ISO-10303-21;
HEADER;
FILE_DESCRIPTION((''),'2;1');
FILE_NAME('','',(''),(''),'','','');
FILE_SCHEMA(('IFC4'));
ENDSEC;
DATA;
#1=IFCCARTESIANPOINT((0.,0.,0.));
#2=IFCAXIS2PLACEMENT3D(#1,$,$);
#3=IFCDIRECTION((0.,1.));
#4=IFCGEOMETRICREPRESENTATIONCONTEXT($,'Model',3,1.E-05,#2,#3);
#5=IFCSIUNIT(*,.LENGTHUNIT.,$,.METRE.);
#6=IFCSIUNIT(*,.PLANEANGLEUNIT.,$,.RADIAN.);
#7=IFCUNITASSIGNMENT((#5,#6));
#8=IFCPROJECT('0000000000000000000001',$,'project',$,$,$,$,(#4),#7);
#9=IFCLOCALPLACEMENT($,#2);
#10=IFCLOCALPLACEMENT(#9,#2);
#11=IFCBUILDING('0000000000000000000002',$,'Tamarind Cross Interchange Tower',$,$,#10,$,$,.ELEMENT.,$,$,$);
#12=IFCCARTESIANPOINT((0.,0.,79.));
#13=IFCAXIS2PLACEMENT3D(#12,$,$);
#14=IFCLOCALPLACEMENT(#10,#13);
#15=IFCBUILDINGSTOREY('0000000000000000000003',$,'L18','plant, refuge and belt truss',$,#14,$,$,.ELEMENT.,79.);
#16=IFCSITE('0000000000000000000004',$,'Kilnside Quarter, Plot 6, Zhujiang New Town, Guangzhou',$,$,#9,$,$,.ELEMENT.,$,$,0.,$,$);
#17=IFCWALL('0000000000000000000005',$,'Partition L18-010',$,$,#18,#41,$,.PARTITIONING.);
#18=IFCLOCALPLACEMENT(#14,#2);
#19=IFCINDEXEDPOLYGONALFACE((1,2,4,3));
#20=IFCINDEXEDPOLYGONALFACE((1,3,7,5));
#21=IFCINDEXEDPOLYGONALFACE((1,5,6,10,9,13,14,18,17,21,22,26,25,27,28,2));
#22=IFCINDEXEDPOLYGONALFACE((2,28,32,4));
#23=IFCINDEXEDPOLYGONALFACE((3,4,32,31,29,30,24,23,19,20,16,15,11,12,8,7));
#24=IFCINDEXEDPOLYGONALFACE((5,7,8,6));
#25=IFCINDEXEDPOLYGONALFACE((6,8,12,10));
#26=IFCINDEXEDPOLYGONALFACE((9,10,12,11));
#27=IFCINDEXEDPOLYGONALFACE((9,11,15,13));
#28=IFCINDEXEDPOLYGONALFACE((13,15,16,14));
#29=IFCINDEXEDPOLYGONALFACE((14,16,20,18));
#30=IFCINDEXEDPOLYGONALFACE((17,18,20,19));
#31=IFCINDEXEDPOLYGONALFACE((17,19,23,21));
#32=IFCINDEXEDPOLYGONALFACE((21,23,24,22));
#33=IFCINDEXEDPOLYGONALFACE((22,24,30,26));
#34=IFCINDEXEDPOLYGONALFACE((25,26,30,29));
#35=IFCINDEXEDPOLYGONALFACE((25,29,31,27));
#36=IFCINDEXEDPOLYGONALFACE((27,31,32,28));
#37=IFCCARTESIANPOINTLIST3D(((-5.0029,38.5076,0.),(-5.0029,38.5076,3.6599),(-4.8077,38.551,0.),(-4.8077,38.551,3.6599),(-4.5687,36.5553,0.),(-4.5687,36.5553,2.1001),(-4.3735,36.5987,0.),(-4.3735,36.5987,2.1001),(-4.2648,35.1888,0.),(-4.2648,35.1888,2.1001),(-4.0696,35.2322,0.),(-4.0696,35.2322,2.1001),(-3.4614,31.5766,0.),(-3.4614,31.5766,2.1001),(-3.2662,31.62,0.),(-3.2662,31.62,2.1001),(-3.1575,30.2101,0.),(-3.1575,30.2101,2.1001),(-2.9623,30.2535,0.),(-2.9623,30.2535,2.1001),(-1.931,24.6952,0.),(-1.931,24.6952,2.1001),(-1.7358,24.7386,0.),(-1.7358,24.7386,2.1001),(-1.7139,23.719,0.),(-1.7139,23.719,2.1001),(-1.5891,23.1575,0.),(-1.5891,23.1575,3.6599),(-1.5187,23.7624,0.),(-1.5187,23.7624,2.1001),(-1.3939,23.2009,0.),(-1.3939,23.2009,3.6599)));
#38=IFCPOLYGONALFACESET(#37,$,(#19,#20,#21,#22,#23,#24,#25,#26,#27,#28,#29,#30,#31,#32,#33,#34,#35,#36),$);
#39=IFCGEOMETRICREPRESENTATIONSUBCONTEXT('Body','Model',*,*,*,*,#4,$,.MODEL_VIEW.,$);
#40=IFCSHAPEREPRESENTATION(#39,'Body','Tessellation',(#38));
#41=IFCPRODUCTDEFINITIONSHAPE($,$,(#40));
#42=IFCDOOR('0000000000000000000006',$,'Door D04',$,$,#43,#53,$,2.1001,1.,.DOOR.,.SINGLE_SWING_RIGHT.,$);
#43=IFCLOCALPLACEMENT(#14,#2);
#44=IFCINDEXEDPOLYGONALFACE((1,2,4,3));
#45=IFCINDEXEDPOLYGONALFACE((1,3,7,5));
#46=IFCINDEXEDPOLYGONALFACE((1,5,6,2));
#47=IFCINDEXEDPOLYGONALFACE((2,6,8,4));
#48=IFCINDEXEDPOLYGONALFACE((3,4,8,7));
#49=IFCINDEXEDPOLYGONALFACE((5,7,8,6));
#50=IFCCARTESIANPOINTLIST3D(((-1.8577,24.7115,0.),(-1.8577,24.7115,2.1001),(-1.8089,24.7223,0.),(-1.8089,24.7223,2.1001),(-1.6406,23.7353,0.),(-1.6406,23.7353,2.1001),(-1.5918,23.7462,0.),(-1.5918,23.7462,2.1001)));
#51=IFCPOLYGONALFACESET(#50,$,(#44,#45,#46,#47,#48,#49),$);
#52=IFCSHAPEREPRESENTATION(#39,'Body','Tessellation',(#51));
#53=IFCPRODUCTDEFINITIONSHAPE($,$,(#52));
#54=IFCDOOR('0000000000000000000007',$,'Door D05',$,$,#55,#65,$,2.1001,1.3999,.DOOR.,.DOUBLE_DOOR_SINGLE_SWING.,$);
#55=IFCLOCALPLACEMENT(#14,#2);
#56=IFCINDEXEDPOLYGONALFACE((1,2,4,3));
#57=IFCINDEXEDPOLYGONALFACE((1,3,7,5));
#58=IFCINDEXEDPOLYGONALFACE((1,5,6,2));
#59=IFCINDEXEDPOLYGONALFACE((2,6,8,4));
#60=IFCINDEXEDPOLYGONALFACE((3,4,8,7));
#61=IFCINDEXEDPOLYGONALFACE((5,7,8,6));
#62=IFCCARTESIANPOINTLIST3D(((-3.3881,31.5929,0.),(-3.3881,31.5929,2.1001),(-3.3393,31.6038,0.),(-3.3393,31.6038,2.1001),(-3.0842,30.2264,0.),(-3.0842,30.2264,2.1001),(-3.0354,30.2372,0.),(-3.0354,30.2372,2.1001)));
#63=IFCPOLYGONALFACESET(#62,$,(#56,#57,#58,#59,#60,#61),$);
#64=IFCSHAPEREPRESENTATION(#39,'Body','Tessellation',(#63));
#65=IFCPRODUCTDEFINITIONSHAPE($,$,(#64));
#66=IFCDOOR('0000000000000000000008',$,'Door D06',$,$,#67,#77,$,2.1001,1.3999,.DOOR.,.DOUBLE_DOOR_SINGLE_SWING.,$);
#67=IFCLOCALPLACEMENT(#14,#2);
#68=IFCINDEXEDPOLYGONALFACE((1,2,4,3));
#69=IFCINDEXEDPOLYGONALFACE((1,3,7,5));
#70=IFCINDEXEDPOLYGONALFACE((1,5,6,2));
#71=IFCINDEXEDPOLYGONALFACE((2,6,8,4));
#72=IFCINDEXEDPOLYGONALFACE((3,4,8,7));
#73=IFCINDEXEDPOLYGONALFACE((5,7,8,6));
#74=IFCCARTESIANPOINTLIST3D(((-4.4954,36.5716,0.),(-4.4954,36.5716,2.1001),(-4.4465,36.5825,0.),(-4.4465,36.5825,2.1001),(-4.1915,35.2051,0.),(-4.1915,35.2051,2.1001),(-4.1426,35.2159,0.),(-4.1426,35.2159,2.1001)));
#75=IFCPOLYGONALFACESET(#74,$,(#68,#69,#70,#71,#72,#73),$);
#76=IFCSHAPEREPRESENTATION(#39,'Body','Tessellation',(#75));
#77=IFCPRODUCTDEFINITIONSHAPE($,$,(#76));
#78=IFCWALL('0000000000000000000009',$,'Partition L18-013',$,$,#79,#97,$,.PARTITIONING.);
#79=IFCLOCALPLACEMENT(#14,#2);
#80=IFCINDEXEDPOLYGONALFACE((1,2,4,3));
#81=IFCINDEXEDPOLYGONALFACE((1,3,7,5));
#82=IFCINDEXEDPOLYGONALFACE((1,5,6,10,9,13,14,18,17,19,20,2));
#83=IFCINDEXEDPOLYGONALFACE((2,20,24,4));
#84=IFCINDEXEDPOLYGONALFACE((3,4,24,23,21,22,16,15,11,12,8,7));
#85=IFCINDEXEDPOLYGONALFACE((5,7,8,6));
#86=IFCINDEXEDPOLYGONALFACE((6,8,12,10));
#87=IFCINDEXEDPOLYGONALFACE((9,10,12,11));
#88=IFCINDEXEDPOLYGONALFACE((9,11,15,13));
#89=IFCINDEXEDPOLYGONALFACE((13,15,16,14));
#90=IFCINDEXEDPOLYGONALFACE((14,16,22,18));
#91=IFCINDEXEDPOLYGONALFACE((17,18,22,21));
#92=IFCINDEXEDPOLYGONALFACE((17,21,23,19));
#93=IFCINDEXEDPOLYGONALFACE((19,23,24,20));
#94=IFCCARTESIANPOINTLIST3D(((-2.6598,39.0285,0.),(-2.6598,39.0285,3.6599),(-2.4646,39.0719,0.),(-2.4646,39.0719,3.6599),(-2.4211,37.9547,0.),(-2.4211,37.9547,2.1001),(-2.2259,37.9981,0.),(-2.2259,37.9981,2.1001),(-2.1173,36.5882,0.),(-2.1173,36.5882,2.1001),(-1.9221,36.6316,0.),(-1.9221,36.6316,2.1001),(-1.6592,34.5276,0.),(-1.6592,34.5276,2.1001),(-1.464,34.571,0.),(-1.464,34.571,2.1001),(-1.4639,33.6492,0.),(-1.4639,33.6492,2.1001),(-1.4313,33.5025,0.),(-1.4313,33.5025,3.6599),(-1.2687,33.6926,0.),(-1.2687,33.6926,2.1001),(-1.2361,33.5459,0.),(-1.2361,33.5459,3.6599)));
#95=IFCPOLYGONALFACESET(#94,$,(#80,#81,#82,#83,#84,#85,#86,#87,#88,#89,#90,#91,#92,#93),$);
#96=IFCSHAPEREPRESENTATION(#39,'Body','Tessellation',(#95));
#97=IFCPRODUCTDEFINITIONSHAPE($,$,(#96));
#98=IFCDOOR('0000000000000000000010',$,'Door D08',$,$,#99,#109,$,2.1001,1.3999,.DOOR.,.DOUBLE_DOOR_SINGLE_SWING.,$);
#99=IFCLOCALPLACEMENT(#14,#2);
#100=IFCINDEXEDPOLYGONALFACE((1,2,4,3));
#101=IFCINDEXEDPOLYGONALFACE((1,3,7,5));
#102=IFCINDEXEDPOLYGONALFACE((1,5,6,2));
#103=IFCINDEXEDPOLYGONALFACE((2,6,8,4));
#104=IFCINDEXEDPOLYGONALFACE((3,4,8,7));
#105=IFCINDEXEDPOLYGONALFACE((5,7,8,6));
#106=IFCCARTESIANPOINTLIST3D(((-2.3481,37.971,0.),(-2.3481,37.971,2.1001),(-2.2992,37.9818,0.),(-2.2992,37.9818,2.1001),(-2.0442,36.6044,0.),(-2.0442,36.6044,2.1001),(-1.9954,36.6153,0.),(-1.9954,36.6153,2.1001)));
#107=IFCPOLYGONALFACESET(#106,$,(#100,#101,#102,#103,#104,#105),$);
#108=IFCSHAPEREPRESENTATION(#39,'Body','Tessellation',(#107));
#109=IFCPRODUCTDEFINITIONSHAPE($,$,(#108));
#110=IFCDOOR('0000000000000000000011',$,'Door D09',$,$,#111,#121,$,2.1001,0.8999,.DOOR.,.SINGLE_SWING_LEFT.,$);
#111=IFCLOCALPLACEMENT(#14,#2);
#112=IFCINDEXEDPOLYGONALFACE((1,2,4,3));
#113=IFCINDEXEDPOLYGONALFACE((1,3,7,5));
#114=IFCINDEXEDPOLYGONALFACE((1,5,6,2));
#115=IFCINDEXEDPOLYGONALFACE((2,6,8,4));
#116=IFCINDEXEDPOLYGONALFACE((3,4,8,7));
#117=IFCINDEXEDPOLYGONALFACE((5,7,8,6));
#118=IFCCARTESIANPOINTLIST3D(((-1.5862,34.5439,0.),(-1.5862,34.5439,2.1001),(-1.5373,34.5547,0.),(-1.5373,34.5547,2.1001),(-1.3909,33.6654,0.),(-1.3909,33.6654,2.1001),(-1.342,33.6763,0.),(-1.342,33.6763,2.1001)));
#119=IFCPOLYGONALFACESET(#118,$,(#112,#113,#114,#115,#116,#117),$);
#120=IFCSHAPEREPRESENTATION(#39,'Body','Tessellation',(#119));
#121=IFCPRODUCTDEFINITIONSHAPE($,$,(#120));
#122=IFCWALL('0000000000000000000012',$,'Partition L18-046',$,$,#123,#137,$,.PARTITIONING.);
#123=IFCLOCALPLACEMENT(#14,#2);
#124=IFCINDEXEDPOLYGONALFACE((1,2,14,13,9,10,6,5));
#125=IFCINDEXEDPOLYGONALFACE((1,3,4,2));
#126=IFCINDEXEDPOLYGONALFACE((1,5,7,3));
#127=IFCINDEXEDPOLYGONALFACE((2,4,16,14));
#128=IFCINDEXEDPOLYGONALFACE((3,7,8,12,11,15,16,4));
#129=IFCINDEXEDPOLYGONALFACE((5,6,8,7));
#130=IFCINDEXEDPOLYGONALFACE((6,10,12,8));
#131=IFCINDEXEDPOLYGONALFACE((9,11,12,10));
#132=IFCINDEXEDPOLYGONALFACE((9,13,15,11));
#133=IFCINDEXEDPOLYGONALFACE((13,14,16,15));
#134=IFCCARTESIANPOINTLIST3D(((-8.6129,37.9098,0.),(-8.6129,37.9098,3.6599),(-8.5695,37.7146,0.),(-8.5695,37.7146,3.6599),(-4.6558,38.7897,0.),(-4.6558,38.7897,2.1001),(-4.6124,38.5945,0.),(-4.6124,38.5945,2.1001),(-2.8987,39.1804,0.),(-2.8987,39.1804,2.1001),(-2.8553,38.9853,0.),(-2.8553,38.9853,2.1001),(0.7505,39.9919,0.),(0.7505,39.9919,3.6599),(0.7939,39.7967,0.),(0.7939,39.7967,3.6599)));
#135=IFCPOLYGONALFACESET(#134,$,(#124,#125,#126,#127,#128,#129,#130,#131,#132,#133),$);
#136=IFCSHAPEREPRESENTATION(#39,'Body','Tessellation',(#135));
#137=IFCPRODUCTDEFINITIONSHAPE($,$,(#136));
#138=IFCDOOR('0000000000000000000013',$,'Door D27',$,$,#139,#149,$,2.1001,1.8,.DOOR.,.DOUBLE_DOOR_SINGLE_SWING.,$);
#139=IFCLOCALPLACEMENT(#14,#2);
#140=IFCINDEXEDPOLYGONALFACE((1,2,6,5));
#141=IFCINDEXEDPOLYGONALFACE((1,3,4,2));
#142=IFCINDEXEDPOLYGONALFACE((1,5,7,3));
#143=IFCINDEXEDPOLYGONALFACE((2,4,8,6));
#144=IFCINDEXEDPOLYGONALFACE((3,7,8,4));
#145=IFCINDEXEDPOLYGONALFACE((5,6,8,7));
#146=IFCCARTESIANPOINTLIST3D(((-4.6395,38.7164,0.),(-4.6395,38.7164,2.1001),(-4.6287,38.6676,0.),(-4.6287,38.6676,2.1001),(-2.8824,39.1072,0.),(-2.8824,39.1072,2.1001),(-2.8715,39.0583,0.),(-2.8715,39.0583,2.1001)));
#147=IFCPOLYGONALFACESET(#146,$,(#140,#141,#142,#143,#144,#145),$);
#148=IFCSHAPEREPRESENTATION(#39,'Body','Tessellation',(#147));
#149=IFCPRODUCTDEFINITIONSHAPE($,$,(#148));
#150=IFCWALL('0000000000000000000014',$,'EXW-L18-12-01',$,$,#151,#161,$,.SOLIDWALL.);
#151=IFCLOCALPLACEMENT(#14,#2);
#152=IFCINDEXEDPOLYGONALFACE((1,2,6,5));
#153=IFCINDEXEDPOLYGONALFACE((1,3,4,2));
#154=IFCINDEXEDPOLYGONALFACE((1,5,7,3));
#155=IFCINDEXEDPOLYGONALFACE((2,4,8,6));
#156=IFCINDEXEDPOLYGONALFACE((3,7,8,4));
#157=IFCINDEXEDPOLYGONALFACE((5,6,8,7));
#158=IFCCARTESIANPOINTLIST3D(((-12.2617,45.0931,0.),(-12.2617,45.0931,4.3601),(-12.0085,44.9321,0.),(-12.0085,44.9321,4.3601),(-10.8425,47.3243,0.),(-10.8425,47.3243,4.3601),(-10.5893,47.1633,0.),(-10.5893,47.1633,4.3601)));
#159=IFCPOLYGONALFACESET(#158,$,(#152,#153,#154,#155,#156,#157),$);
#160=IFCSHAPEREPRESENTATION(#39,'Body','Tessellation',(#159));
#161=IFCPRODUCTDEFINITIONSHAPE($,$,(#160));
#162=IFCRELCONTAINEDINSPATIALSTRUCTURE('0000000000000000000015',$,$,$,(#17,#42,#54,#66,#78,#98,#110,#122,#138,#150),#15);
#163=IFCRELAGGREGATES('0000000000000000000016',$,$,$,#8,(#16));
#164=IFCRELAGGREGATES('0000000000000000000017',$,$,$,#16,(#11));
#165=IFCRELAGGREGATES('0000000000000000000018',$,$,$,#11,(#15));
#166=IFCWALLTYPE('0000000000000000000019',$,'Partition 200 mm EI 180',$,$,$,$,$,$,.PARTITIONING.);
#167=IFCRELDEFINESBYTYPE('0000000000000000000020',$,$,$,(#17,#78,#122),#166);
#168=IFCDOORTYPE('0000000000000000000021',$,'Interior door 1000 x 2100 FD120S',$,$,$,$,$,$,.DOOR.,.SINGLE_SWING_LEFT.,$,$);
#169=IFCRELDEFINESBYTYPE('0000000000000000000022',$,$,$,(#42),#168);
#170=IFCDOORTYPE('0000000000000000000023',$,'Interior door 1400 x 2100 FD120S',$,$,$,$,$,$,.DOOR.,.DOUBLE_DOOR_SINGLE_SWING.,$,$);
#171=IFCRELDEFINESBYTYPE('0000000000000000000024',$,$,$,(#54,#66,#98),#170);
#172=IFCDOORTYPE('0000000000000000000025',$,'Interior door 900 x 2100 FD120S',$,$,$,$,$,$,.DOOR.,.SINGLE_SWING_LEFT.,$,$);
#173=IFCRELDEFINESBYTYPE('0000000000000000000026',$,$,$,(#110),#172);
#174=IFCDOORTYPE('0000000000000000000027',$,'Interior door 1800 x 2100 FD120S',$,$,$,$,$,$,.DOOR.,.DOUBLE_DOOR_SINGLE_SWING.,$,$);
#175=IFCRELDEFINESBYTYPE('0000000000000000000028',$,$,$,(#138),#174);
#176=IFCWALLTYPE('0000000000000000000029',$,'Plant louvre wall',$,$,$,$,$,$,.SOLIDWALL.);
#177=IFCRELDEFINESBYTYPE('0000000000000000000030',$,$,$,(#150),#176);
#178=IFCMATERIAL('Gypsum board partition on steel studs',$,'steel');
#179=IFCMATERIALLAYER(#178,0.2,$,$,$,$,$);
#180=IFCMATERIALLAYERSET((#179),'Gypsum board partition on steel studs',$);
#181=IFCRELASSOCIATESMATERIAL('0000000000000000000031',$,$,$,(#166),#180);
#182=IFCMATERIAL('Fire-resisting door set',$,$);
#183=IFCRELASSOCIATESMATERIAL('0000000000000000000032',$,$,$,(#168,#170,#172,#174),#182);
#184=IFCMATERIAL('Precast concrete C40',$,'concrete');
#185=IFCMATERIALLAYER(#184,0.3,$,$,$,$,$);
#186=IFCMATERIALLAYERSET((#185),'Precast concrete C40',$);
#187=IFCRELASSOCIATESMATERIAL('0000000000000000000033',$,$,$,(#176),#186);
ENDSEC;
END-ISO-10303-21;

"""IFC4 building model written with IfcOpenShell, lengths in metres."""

from ifc_helpers import new_model, si_unit, direction, frame, frame_2d, origin, place, context, subcontext, project, spatial, rectangle, extrude, material, layer, layer_set, type_object, element, fill, save


model = new_model("IFC4")

# Units and contexts
model_context = context("Model", 3, precision=1e-05, world=origin(), true_north=direction((0.0, 1.0)))
body_context = subcontext(model_context, "Body", "Model", "MODEL_VIEW")
ifc_project = project(units=[si_unit("LENGTHUNIT", "METRE"), si_unit("PLANEANGLEUNIT", "RADIAN")], contexts=[model_context])

# Site, building, storey
site_placement = place(None, origin())
site = spatial("IfcSite", under=ifc_project, at=site_placement, Name="Kilnside Quarter, Plot 6, Zhujiang New Town, Guangzhou", CompositionType="ELEMENT", RefElevation=0.0)
building_placement = place(site_placement, origin())
building = spatial("IfcBuilding", under=site, at=building_placement, Name="Tamarind Cross Interchange Tower", CompositionType="ELEMENT")
storey_placement = place(building_placement, frame((0.0, 0.0, 79.0)))
storey = spatial("IfcBuildingStorey", under=building, at=storey_placement, Name="L18", Description="plant, refuge and belt truss", CompositionType="ELEMENT", Elevation=79.0)

# Walls, openings, doors
ifc_material_1 = material(Name="Gypsum board partition on steel studs", Category="steel")
ifc_layer_1 = layer(ifc_material_1, 0.2)
ifc_layer_set_1 = layer_set([ifc_layer_1], Name="Gypsum board partition on steel studs")
wall_type_1 = type_object("IfcWallType", Name="Partition 200 mm EI 180", PredefinedType="PARTITIONING", material=ifc_layer_set_1)
wall_1_placement = place(storey_placement, frame((-4.9053, 38.5293, 0.0), z_axis=(0.0, 0.0, 1.0), x_axis=(0.217093, -0.976151, 0.0)))
wall_1 = element("IfcWall", 1, at=wall_1_placement, inside=storey, type_object=wall_type_1, Name="Partition L18-010", PredefinedType="PARTITIONING", context=body_context, shape_type="SweptSolid", body=[
    extrude(rectangle(XDim=15.7251, YDim=0.2, at=frame_2d((7.8625, 0.0))), origin(), (0.0, 0.0, 1.0), 3.6599),
])
opening_1_placement = place(wall_1_placement, frame((14.1499, 0.0, 0.0)))
opening_1 = element("IfcOpeningElement", 2, at=opening_1_placement, cuts=wall_1, PredefinedType="OPENING", context=body_context, shape_type="SweptSolid", body=[
    extrude(rectangle(XDim=1.0, YDim=2.1001, at=frame_2d((0.5, 1.05))), frame((0.0, 0.1099, 0.0), z_axis=(0.0, -1.0, 0.0), x_axis=(1.0, 0.0, 0.0)), (0.0, 0.0, 1.0), 0.22),
])
opening_2_placement = place(wall_1_placement, frame((7.1003, 0.0, 0.0)))
opening_2 = element("IfcOpeningElement", 3, at=opening_2_placement, cuts=wall_1, PredefinedType="OPENING", context=body_context, shape_type="SweptSolid", body=[
    extrude(rectangle(XDim=1.3999, YDim=2.1001, at=frame_2d((0.7, 1.05))), frame((0.0, 0.1099, 0.0), z_axis=(0.0, -1.0, 0.0), x_axis=(1.0, 0.0, 0.0)), (0.0, 0.0, 1.0), 0.22),
])
opening_3_placement = place(wall_1_placement, frame((2.0, 0.0, 0.0)))
opening_3 = element("IfcOpeningElement", 4, at=opening_3_placement, cuts=wall_1, PredefinedType="OPENING", context=body_context, shape_type="SweptSolid", body=[
    extrude(rectangle(XDim=1.3999, YDim=2.1001, at=frame_2d((0.7, 1.05))), frame((0.0, 0.1099, 0.0), z_axis=(0.0, -1.0, 0.0), x_axis=(1.0, 0.0, 0.0)), (0.0, 0.0, 1.0), 0.22),
])
ifc_material_2 = material(Name="Fire-resisting door set")
door_type_1 = type_object("IfcDoorType", Name="Interior door 1000 x 2100 FD120S", OperationType="SINGLE_SWING_LEFT", PredefinedType="DOOR", material=ifc_material_2)
door_1_placement = place(opening_1_placement, frame((1.0, 0.0, 0.0), z_axis=(0.0, 0.0, 1.0), x_axis=(-1.0, 0.0, 0.0)))
door_1 = element("IfcDoor", 5, at=door_1_placement, inside=storey, type_object=door_type_1, Name="Door D04", OperationType="SINGLE_SWING_RIGHT", OverallHeight=2.1001, OverallWidth=1.0, PredefinedType="DOOR", context=body_context, shape_type="SweptSolid", body=[
    extrude(rectangle(XDim=1.0, YDim=2.1001, at=frame_2d((0.5, 1.05))), frame((0.0, 0.0249, 0.0), z_axis=(0.0, -1.0, 0.0), x_axis=(1.0, 0.0, 0.0)), (0.0, 0.0, 1.0), 0.05),
])
fill(opening_1, door_1)
door_type_2 = type_object("IfcDoorType", Name="Interior door 1400 x 2100 FD120S", OperationType="DOUBLE_DOOR_SINGLE_SWING", PredefinedType="DOOR", material=ifc_material_2)
door_2_placement = place(opening_2_placement, frame((1.3999, 0.0, 0.0), z_axis=(0.0, 0.0, 1.0), x_axis=(-1.0, 0.0, 0.0)))
door_2 = element("IfcDoor", 6, at=door_2_placement, inside=storey, type_object=door_type_2, Name="Door D05", OperationType="DOUBLE_DOOR_SINGLE_SWING", OverallHeight=2.1001, OverallWidth=1.3999, PredefinedType="DOOR", context=body_context, shape_type="SweptSolid", body=[
    extrude(rectangle(XDim=1.3999, YDim=2.1001, at=frame_2d((0.7, 1.05))), frame((0.0, 0.0249, 0.0), z_axis=(0.0, -1.0, 0.0), x_axis=(1.0, 0.0, 0.0)), (0.0, 0.0, 1.0), 0.05),
])
fill(opening_2, door_2)
door_3_placement = place(opening_3_placement, frame((1.3999, 0.0, 0.0), z_axis=(0.0, 0.0, 1.0), x_axis=(-1.0, 0.0, 0.0)))
door_3 = element("IfcDoor", 7, at=door_3_placement, inside=storey, type_object=door_type_2, Name="Door D06", OperationType="DOUBLE_DOOR_SINGLE_SWING", OverallHeight=2.1001, OverallWidth=1.3999, PredefinedType="DOOR", context=body_context, shape_type="SweptSolid", body=[
    extrude(rectangle(XDim=1.3999, YDim=2.1001, at=frame_2d((0.7, 1.05))), frame((0.0, 0.0249, 0.0), z_axis=(0.0, -1.0, 0.0), x_axis=(1.0, 0.0, 0.0)), (0.0, 0.0, 1.0), 0.05),
])
fill(opening_3, door_3)
wall_2_placement = place(storey_placement, frame((-2.5623, 39.0503, 0.0), z_axis=(0.0, 0.0, 1.0), x_axis=(0.217022, -0.976167, 0.0)))
wall_2 = element("IfcWall", 8, at=wall_2_placement, inside=storey, type_object=wall_type_1, Name="Partition L18-013", PredefinedType="PARTITIONING", context=body_context, shape_type="SweptSolid", body=[
    extrude(rectangle(XDim=5.6609, YDim=0.2, at=frame_2d((2.8306, 0.0))), origin(), (0.0, 0.0, 1.0), 3.6599),
])
opening_4_placement = place(wall_2_placement, frame((1.1001, 0.0, 0.0)))
opening_4 = element("IfcOpeningElement", 9, at=opening_4_placement, cuts=wall_2, PredefinedType="OPENING", context=body_context, shape_type="SweptSolid", body=[
    extrude(rectangle(XDim=1.3999, YDim=2.1001, at=frame_2d((0.7, 1.05))), frame((0.0, 0.1099, 0.0), z_axis=(0.0, -1.0, 0.0), x_axis=(1.0, 0.0, 0.0)), (0.0, 0.0, 1.0), 0.22),
])
opening_5_placement = place(wall_2_placement, frame((4.6108, 0.0, 0.0)))
opening_5 = element("IfcOpeningElement", 10, at=opening_5_placement, cuts=wall_2, PredefinedType="OPENING", context=body_context, shape_type="SweptSolid", body=[
    extrude(rectangle(XDim=0.8999, YDim=2.1001, at=frame_2d((0.45, 1.05))), frame((0.0, 0.1099, 0.0), z_axis=(0.0, -1.0, 0.0), x_axis=(1.0, 0.0, 0.0)), (0.0, 0.0, 1.0), 0.22),
])
door_4_placement = place(opening_4_placement, origin())
door_4 = element("IfcDoor", 11, at=door_4_placement, inside=storey, type_object=door_type_2, Name="Door D08", OperationType="DOUBLE_DOOR_SINGLE_SWING", OverallHeight=2.1001, OverallWidth=1.3999, PredefinedType="DOOR", context=body_context, shape_type="SweptSolid", body=[
    extrude(rectangle(XDim=1.3999, YDim=2.1001, at=frame_2d((0.7, 1.05))), frame((0.0, 0.0249, 0.0), z_axis=(0.0, -1.0, 0.0), x_axis=(1.0, 0.0, 0.0)), (0.0, 0.0, 1.0), 0.05),
])
fill(opening_4, door_4)
door_type_3 = type_object("IfcDoorType", Name="Interior door 900 x 2100 FD120S", OperationType="SINGLE_SWING_LEFT", PredefinedType="DOOR", material=ifc_material_2)
door_5_placement = place(opening_5_placement, origin())
door_5 = element("IfcDoor", 12, at=door_5_placement, inside=storey, type_object=door_type_3, Name="Door D09", OperationType="SINGLE_SWING_LEFT", OverallHeight=2.1001, OverallWidth=0.8999, PredefinedType="DOOR", context=body_context, shape_type="SweptSolid", body=[
    extrude(rectangle(XDim=0.8999, YDim=2.1001, at=frame_2d((0.45, 1.05))), frame((0.0, 0.0249, 0.0), z_axis=(0.0, -1.0, 0.0), x_axis=(1.0, 0.0, 0.0)), (0.0, 0.0, 1.0), 0.05),
])
fill(opening_5, door_5)

# Wall, opening, door
wall_3_placement = place(storey_placement, frame((-8.5911, 37.8123, 0.0), z_axis=(0.0, 0.0, 1.0), x_axis=(0.976158, 0.21706, 0.0)))
wall_3 = element("IfcWall", 13, at=wall_3_placement, inside=storey, type_object=wall_type_1, Name="Partition L18-046", PredefinedType="PARTITIONING", context=body_context, shape_type="SweptSolid", body=[
    extrude(rectangle(XDim=9.592, YDim=0.2, at=frame_2d((4.7959, 0.0))), origin(), (0.0, 0.0, 1.0), 3.6599),
])
opening_6_placement = place(wall_3_placement, frame((4.0537, 0.0, 0.0)))
opening_6 = element("IfcOpeningElement", 14, at=opening_6_placement, cuts=wall_3, PredefinedType="OPENING", context=body_context, shape_type="SweptSolid", body=[
    extrude(rectangle(XDim=1.8, YDim=2.1001, at=frame_2d((0.8999, 1.05))), frame((0.0, 0.1099, 0.0), z_axis=(0.0, -1.0, 0.0), x_axis=(1.0, 0.0, 0.0)), (0.0, 0.0, 1.0), 0.22),
])
door_type_4 = type_object("IfcDoorType", Name="Interior door 1800 x 2100 FD120S", OperationType="DOUBLE_DOOR_SINGLE_SWING", PredefinedType="DOOR", material=ifc_material_2)
door_6_placement = place(opening_6_placement, origin())
door_6 = element("IfcDoor", 15, at=door_6_placement, inside=storey, type_object=door_type_4, Name="Door D27", OperationType="DOUBLE_DOOR_SINGLE_SWING", OverallHeight=2.1001, OverallWidth=1.8, PredefinedType="DOOR", context=body_context, shape_type="SweptSolid", body=[
    extrude(rectangle(XDim=1.8, YDim=2.1001, at=frame_2d((0.8999, 1.05))), frame((0.0, 0.0249, 0.0), z_axis=(0.0, -1.0, 0.0), x_axis=(1.0, 0.0, 0.0)), (0.0, 0.0, 1.0), 0.05),
])
fill(opening_6, door_6)

# Shared definitions
ifc_material_3 = material(Name="Precast concrete C40", Category="concrete")
ifc_layer_2 = layer(ifc_material_3, 0.3)
ifc_layer_set_2 = layer_set([ifc_layer_2], Name="Precast concrete C40")
wall_type_2 = type_object("IfcWallType", Name="Plant louvre wall", PredefinedType="SOLIDWALL", material=ifc_layer_set_2)

# Wall
wall_4_placement = place(storey_placement, frame((-10.7158, 47.2439, 0.0), z_axis=(0.0, 0.0, 1.0), x_axis=(-0.536696, -0.843776, 0.0)))
element("IfcWall", 16, at=wall_4_placement, inside=storey, type_object=wall_type_2, Name="EXW-L18-12-01", PredefinedType="SOLIDWALL", context=body_context, shape_type="SweptSolid", body=[
    extrude(rectangle(XDim=2.6443, YDim=0.3, at=frame_2d((1.3223, 0.0))), origin(), (0.0, 0.0, 1.0), 4.3601),
])

save(model, "model.ifc")
